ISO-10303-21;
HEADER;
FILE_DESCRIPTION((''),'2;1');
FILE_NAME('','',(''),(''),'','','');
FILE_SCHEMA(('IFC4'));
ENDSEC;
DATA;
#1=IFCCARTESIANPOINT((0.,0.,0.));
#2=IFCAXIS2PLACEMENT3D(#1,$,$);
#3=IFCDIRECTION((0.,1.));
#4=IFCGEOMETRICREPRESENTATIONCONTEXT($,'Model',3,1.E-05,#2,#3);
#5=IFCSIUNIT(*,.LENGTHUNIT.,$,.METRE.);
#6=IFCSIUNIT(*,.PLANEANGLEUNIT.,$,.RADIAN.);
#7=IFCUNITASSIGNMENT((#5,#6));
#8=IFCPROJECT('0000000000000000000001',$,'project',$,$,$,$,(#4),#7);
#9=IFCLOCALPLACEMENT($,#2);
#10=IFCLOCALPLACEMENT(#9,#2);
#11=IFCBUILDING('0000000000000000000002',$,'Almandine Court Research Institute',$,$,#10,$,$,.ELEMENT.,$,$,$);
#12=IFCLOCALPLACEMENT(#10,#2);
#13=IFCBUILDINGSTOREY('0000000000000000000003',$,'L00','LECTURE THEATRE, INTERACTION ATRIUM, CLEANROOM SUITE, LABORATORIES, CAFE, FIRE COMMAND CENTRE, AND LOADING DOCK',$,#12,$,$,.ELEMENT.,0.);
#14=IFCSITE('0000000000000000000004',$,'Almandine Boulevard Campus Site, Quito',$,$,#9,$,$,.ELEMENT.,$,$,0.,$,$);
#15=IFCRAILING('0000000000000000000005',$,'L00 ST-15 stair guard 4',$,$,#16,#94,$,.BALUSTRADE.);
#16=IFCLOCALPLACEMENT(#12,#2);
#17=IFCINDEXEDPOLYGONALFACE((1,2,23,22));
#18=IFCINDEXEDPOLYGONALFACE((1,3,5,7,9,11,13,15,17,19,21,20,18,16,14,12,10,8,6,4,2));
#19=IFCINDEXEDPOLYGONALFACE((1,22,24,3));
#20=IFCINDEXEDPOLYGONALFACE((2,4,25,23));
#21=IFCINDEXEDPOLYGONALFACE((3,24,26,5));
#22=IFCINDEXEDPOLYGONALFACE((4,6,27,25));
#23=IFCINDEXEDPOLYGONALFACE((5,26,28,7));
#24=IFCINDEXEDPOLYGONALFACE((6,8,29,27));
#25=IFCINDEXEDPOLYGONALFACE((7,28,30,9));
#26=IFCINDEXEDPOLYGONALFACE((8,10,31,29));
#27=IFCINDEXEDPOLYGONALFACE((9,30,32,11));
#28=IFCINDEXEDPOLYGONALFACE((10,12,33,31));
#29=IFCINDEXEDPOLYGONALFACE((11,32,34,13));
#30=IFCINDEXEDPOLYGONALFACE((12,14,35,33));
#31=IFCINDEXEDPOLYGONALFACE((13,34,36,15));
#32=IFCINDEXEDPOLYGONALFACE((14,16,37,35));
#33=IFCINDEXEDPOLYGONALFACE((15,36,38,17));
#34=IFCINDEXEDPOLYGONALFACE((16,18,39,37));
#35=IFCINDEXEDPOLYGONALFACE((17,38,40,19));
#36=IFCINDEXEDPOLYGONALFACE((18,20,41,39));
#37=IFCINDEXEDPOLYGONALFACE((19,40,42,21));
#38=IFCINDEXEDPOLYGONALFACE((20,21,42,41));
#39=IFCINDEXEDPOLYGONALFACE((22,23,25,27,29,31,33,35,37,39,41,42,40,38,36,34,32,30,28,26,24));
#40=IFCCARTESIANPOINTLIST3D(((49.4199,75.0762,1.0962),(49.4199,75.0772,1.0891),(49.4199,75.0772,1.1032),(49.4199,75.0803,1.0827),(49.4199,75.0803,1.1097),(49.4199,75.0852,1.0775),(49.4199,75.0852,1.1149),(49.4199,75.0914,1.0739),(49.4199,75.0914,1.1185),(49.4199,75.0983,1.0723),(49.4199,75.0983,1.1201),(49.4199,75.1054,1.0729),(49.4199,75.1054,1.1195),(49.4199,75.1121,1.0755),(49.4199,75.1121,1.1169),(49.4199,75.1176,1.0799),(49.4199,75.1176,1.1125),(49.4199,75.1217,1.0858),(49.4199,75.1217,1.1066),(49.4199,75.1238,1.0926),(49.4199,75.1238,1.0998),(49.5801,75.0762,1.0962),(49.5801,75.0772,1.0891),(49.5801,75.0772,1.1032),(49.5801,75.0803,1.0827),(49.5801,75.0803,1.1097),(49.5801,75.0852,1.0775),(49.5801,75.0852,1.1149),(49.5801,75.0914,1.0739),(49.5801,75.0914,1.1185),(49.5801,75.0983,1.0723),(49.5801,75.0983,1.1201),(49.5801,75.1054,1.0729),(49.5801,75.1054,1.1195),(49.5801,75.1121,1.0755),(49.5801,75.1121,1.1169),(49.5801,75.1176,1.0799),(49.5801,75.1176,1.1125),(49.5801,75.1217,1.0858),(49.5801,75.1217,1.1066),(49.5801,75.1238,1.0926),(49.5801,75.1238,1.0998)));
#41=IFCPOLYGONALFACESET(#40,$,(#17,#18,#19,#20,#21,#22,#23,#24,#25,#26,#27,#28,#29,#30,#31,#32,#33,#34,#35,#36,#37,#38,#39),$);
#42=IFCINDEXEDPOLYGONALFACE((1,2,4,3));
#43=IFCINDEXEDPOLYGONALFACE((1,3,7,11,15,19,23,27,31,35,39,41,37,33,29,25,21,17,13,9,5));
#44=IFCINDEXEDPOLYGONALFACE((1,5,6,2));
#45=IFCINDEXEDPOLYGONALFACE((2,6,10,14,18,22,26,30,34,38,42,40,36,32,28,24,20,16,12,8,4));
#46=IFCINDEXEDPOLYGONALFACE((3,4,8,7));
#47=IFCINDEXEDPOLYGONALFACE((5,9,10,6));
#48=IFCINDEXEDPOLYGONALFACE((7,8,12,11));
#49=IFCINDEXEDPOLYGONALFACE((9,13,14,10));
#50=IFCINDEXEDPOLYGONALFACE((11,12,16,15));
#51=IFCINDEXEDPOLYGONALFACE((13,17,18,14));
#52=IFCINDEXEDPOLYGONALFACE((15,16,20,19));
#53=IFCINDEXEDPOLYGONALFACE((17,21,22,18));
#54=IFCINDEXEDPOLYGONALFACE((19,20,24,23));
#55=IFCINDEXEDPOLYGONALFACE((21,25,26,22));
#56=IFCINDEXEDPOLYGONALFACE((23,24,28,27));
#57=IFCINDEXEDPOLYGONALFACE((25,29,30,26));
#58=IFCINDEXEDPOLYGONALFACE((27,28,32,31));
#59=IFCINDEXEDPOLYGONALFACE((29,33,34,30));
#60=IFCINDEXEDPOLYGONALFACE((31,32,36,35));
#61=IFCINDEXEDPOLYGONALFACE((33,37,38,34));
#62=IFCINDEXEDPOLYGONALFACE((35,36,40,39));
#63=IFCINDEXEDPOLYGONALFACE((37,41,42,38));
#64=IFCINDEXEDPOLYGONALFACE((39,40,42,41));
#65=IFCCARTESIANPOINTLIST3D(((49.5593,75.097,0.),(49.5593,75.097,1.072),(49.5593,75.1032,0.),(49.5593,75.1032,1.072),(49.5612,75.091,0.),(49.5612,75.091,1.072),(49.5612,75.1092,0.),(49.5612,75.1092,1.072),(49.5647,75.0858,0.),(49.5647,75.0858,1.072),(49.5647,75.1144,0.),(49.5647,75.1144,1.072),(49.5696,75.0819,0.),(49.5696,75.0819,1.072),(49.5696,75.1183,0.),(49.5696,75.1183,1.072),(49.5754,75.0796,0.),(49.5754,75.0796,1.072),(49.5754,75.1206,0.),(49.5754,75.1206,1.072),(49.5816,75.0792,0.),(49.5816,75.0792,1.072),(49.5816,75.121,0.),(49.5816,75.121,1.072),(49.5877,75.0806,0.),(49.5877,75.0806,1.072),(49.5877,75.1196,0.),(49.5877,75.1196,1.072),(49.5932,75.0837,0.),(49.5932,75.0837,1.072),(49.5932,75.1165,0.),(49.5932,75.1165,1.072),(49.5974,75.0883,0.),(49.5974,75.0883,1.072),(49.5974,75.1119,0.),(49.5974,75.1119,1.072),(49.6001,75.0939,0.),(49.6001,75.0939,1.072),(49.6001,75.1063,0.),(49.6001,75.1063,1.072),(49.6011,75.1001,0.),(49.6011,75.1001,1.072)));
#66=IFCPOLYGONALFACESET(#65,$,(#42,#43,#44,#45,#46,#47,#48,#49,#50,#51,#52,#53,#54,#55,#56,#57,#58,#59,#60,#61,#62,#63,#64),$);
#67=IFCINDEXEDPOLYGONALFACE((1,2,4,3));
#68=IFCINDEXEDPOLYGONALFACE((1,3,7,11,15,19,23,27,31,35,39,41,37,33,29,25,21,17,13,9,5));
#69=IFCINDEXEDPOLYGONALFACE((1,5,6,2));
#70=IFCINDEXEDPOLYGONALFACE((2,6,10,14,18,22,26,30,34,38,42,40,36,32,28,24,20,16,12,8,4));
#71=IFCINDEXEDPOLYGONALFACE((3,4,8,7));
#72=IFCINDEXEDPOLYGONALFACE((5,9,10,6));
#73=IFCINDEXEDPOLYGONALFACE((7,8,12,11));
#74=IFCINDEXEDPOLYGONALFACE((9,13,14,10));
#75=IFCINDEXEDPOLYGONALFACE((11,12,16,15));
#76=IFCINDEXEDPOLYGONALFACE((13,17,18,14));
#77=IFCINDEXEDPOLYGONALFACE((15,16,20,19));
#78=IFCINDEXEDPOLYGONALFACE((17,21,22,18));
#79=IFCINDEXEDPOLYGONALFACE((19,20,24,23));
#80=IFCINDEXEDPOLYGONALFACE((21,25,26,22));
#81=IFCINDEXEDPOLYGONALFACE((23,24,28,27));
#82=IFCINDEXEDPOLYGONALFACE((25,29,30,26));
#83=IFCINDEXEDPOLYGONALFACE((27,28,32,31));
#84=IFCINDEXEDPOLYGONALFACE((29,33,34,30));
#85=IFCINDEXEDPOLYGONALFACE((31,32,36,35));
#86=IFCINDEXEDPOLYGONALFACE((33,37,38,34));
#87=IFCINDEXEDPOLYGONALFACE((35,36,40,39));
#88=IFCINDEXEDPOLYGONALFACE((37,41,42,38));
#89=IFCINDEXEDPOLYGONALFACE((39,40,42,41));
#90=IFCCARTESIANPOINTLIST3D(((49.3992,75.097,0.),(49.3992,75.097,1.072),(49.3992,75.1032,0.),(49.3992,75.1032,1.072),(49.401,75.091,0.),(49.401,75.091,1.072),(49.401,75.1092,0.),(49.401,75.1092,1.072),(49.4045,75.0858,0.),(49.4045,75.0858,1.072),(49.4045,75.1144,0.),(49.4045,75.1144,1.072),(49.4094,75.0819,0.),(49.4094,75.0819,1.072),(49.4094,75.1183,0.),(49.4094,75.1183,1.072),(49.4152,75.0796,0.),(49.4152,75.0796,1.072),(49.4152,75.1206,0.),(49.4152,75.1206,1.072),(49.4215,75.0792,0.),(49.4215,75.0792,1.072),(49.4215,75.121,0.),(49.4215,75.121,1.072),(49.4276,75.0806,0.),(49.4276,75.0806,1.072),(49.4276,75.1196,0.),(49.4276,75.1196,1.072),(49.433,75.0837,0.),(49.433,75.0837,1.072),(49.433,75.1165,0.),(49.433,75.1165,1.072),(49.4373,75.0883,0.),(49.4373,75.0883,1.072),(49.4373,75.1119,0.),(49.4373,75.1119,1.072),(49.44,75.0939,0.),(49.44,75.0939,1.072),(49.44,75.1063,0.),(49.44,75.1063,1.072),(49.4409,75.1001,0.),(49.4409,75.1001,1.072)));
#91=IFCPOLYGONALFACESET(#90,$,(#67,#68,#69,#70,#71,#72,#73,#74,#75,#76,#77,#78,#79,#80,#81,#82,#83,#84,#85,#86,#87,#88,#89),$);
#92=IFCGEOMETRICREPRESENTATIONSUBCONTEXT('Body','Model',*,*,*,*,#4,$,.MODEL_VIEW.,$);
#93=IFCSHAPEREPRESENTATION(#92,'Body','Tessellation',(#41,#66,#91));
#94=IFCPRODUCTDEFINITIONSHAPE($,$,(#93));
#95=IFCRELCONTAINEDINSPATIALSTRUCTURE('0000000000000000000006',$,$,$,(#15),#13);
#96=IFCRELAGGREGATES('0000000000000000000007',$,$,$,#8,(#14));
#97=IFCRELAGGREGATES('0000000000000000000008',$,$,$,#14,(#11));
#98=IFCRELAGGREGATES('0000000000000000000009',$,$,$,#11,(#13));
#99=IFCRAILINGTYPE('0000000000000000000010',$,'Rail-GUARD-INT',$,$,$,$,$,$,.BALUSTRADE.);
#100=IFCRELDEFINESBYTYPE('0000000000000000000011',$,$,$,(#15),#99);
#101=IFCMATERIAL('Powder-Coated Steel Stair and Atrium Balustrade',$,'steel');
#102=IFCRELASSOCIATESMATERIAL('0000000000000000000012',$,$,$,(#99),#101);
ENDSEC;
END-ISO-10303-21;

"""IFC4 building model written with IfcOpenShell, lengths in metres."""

from ifc_helpers import new_model, si_unit, direction, frame, origin, origin_2d, place, context, subcontext, project, spatial, circle, extrude, material, type_object, element, save


model = new_model("IFC4")

# Units and contexts
model_context = context("Model", 3, precision=1e-05, world=origin(), true_north=direction((0.0, 1.0)))
body_context = subcontext(model_context, "Body", "Model", "MODEL_VIEW")
ifc_project = project(units=[si_unit("LENGTHUNIT", "METRE"), si_unit("PLANEANGLEUNIT", "RADIAN")], contexts=[model_context])

# Site, building, storey
site_placement = place(None, origin())
site = spatial("IfcSite", under=ifc_project, at=site_placement, Name="Almandine Boulevard Campus Site, Quito", CompositionType="ELEMENT", RefElevation=0.0)
building_placement = place(site_placement, origin())
building = spatial("IfcBuilding", under=site, at=building_placement, Name="Almandine Court Research Institute", CompositionType="ELEMENT")
storey_placement = place(building_placement, origin())
storey = spatial("IfcBuildingStorey", under=building, at=storey_placement, Name="L00", Description="LECTURE THEATRE, INTERACTION ATRIUM, CLEANROOM SUITE, LABORATORIES, CAFE, FIRE COMMAND CENTRE, AND LOADING DOCK", CompositionType="ELEMENT", Elevation=0.0)

# Railing
ifc_material_1 = material(Name="Powder-Coated Steel Stair and Atrium Balustrade", Category="steel")
railing_type_1 = type_object("IfcRailingType", Name="Rail-GUARD-INT", PredefinedType="BALUSTRADE", material=ifc_material_1)
railing_1_placement = place(storey_placement, frame((49.5801, 75.1001, 0.0)))
element("IfcRailing", 1, at=railing_1_placement, inside=storey, type_object=railing_type_1, Name="L00 ST-15 stair guard 4", PredefinedType="BALUSTRADE", context=body_context, shape_type="SweptSolid", body=[
    extrude(circle(Radius=0.0239, at=origin_2d()), frame((0.0, 0.0, 1.0962), z_axis=(-1.0, 0.0, 0.0), x_axis=(0.0, -1.0, 0.0)), (0.0, 0.0, 1.0), 0.1602),
    extrude(circle(Radius=0.021, at=origin_2d()), origin(), (0.0, 0.0, 1.0), 1.072),
    extrude(circle(Radius=0.021, at=origin_2d()), frame((-0.1602, 0.0, 0.0)), (0.0, 0.0, 1.0), 1.072),
])

save(model, "model.ifc")
